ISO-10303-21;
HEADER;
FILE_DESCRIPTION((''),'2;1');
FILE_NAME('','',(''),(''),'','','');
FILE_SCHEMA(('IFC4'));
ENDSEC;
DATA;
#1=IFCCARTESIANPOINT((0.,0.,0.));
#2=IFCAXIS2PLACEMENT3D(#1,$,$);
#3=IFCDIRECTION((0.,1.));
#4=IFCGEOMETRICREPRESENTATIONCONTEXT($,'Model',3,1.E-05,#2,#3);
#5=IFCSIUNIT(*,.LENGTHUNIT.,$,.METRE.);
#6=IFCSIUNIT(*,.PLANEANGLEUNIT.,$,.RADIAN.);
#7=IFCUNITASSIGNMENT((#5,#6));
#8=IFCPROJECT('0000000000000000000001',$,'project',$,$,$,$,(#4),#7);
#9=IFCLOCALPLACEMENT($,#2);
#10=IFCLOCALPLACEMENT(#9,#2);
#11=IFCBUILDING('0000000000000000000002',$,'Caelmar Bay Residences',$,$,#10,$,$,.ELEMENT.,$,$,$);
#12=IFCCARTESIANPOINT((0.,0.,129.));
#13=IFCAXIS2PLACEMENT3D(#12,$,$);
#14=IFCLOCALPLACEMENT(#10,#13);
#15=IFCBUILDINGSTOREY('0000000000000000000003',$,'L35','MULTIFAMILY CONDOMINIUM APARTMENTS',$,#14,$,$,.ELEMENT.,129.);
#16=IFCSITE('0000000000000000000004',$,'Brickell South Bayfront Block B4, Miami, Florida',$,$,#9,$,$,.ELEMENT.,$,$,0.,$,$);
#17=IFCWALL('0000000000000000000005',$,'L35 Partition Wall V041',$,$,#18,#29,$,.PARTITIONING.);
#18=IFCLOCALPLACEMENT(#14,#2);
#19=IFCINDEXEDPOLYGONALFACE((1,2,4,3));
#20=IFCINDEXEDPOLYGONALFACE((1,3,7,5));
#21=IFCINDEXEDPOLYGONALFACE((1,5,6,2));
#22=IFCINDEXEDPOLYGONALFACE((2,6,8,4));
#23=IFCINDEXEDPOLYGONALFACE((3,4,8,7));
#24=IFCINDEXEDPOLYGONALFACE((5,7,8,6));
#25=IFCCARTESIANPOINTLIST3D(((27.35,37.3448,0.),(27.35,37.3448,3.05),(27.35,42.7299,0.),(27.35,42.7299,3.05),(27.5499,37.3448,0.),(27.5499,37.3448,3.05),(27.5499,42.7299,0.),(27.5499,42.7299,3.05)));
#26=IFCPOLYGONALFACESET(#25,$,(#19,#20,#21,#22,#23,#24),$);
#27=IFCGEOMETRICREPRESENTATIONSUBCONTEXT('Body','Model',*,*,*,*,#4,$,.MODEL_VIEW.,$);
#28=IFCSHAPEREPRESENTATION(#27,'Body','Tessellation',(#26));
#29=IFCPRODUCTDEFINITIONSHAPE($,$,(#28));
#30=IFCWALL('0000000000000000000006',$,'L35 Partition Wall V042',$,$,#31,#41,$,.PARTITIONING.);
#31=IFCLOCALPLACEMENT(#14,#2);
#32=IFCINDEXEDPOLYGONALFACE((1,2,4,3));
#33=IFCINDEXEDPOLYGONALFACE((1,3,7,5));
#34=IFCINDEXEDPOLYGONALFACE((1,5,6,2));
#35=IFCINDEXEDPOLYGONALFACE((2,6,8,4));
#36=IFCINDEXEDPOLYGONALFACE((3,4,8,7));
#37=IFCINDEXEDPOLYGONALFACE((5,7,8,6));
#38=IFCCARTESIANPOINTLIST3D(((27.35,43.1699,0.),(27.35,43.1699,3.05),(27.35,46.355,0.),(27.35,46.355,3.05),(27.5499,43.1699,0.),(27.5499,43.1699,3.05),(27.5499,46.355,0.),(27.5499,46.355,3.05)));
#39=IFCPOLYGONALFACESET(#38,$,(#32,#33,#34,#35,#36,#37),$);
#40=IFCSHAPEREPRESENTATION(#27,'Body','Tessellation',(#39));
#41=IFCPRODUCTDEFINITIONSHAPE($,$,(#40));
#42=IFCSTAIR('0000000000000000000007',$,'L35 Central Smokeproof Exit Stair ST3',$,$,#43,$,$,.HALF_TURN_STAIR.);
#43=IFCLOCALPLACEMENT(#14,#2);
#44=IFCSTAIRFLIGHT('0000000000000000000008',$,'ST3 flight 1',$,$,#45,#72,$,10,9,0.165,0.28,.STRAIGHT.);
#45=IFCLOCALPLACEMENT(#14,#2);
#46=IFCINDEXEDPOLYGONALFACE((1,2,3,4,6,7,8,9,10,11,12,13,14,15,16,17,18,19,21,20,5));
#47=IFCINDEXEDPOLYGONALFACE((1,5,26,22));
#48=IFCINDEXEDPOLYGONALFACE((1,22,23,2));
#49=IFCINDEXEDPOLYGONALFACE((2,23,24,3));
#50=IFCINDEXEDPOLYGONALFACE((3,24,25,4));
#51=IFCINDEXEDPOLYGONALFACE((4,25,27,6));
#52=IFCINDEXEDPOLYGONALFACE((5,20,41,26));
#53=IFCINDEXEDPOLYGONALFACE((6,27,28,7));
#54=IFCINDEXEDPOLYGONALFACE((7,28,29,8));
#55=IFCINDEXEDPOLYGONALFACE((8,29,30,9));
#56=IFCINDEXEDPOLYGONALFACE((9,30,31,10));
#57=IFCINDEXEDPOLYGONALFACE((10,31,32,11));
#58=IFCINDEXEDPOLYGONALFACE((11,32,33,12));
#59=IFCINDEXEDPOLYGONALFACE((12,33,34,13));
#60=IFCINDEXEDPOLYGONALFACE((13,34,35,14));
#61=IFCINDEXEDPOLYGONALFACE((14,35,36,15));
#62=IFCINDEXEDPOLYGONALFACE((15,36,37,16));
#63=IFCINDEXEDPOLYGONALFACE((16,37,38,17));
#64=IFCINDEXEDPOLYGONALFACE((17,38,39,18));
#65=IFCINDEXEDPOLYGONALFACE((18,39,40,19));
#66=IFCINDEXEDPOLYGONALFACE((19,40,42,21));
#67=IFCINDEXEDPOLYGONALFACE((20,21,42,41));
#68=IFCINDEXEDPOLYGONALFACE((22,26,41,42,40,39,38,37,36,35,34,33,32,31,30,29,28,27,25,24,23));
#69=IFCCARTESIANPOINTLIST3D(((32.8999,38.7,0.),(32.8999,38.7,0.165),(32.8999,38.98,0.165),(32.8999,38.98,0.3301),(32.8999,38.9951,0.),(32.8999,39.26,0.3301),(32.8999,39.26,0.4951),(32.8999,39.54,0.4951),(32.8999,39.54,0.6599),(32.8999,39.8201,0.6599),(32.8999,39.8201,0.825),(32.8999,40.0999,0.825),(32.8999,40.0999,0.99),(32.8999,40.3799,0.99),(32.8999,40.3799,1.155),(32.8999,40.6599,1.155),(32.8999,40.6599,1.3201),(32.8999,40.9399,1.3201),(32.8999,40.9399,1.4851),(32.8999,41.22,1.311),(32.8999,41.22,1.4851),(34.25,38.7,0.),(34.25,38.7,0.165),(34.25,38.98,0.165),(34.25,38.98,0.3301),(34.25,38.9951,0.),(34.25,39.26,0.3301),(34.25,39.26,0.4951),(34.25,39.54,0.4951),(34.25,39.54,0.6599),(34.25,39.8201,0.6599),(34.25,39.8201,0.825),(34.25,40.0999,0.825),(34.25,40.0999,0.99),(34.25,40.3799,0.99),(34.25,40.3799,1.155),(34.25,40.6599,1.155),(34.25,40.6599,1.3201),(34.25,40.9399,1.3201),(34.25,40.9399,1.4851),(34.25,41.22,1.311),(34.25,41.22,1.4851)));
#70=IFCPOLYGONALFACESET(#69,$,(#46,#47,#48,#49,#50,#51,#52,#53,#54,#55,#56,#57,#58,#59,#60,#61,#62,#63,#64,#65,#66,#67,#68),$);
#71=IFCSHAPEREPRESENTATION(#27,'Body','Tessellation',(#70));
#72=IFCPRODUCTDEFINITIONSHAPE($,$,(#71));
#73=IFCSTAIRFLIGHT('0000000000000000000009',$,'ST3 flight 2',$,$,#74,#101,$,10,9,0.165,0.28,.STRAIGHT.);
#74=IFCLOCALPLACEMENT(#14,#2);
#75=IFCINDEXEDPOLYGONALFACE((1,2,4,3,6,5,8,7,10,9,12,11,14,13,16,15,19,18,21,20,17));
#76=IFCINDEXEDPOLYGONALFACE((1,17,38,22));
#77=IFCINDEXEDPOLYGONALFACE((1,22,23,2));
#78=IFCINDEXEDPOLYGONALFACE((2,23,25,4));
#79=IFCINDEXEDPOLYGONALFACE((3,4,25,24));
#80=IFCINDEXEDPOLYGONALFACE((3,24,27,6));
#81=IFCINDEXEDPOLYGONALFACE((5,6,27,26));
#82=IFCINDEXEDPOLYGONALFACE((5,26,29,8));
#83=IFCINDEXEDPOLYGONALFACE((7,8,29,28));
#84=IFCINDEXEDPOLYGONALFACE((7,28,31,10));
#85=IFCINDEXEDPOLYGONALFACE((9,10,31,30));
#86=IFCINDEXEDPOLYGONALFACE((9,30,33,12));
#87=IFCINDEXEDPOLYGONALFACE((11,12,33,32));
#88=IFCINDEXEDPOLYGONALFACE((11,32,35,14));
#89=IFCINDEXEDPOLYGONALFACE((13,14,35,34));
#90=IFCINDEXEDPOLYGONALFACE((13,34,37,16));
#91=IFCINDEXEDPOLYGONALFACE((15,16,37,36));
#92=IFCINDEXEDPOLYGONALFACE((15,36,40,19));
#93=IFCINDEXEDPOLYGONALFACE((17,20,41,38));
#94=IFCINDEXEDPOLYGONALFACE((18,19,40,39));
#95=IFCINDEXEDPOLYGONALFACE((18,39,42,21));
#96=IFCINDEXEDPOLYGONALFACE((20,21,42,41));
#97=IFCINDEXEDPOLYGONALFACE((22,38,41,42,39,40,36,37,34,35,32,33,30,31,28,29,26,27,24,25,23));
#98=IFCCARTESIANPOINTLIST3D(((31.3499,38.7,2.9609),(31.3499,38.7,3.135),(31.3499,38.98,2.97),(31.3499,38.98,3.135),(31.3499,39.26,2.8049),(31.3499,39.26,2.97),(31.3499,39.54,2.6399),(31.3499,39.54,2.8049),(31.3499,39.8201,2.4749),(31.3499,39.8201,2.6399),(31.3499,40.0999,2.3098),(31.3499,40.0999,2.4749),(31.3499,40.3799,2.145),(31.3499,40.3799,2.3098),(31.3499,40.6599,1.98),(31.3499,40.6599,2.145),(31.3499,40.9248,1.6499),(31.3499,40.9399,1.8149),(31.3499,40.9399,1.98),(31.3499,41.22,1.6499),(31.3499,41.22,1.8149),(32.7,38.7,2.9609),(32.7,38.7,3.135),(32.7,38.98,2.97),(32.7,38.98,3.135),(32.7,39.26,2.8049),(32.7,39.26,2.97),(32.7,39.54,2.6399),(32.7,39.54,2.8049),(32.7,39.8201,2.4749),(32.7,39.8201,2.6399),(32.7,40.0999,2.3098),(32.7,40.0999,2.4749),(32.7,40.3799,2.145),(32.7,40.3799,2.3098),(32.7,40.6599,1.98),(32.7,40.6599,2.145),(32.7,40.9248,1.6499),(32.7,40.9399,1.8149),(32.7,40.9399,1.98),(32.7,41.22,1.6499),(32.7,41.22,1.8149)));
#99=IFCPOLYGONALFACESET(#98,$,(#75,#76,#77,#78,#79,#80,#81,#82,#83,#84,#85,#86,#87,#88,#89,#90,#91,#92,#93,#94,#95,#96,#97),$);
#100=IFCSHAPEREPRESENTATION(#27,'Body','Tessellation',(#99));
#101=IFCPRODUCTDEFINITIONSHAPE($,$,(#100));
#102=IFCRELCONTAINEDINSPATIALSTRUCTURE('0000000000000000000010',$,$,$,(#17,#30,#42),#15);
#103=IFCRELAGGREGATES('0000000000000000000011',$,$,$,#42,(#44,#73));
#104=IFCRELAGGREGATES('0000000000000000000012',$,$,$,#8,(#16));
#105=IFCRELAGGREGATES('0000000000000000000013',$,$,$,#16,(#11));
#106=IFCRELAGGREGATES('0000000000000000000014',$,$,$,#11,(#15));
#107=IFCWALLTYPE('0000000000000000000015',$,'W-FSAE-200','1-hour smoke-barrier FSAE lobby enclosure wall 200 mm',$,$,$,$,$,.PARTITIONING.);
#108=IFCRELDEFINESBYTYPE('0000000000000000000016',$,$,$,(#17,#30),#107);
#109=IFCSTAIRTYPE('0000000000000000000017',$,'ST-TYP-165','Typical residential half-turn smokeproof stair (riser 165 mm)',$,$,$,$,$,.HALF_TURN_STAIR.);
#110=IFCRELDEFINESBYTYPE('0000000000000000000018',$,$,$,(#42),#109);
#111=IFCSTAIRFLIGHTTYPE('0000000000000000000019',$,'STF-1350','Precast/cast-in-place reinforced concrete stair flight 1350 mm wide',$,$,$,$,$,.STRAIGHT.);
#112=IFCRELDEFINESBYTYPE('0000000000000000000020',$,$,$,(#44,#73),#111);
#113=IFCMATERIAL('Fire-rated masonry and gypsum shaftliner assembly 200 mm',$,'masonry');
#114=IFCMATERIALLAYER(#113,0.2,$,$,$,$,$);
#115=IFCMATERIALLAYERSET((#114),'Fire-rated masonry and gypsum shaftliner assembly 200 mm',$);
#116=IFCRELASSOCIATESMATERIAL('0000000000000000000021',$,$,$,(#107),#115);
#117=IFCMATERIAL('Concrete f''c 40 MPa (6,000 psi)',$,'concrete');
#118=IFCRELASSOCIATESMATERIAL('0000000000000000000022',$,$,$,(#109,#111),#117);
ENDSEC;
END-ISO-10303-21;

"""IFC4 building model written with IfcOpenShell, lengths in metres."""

from ifc_helpers import new_model, si_unit, direction, frame, frame_2d, origin, place, context, subcontext, project, spatial, polyline, rectangle, outline, extrude, material, layer, layer_set, type_object, element, aggregate, save


model = new_model("IFC4")

# Units and contexts
model_context = context("Model", 3, precision=1e-05, world=origin(), true_north=direction((0.0, 1.0)))
body_context = subcontext(model_context, "Body", "Model", "MODEL_VIEW")
ifc_project = project(units=[si_unit("LENGTHUNIT", "METRE"), si_unit("PLANEANGLEUNIT", "RADIAN")], contexts=[model_context])

# Site, building, storey
site_placement = place(None, origin())
site = spatial("IfcSite", under=ifc_project, at=site_placement, Name="Brickell South Bayfront Block B4, Miami, Florida", CompositionType="ELEMENT", RefElevation=0.0)
building_placement = place(site_placement, origin())
building = spatial("IfcBuilding", under=site, at=building_placement, Name="Caelmar Bay Residences", CompositionType="ELEMENT")
storey_placement = place(building_placement, frame((0.0, 0.0, 129.0)))
storey = spatial("IfcBuildingStorey", under=building, at=storey_placement, Name="L35", Description="MULTIFAMILY CONDOMINIUM APARTMENTS", CompositionType="ELEMENT", Elevation=129.0)

# Walls
ifc_material_1 = material(Name="Fire-rated masonry and gypsum shaftliner assembly 200 mm", Category="masonry")
ifc_layer_1 = layer(ifc_material_1, 0.2)
ifc_layer_set_1 = layer_set([ifc_layer_1], Name="Fire-rated masonry and gypsum shaftliner assembly 200 mm")
wall_type_1 = type_object("IfcWallType", Name="W-FSAE-200", Description="1-hour smoke-barrier FSAE lobby enclosure wall 200 mm", PredefinedType="PARTITIONING", material=ifc_layer_set_1)
wall_1_placement = place(storey_placement, frame((27.45, 37.345, 0.0), z_axis=(0.0, 0.0, 1.0), x_axis=(0.0, 1.0, 0.0)))
element("IfcWall", 1, at=wall_1_placement, inside=storey, type_object=wall_type_1, Name="L35 Partition Wall V041", PredefinedType="PARTITIONING", context=body_context, shape_type="SweptSolid", body=[
    extrude(rectangle(XDim=5.385, YDim=0.2, at=frame_2d((2.6924, 0.0))), origin(), (0.0, 0.0, 1.0), 3.05),
])
wall_2_placement = place(storey_placement, frame((27.45, 43.1699, 0.0), z_axis=(0.0, 0.0, 1.0), x_axis=(0.0, 1.0, 0.0)))
element("IfcWall", 2, at=wall_2_placement, inside=storey, type_object=wall_type_1, Name="L35 Partition Wall V042", PredefinedType="PARTITIONING", context=body_context, shape_type="SweptSolid", body=[
    extrude(rectangle(XDim=3.1851, YDim=0.2, at=frame_2d((1.5925, 0.0))), origin(), (0.0, 0.0, 1.0), 3.05),
])

# Stair, stair flights
ifc_material_2 = material(Name="Concrete f'c 40 MPa (6,000 psi)", Category="concrete")
stair_type = type_object("IfcStairType", Name="ST-TYP-165", Description="Typical residential half-turn smokeproof stair (riser 165 mm)", PredefinedType="HALF_TURN_STAIR", material=ifc_material_2)
stair_placement = place(storey_placement, origin())
stair = element("IfcStair", 3, at=stair_placement, inside=storey, type_object=stair_type, Name="L35 Central Smokeproof Exit Stair ST3", PredefinedType="HALF_TURN_STAIR")
stair_flight_type = type_object("IfcStairFlightType", Name="STF-1350", Description="Precast/cast-in-place reinforced concrete stair flight 1350 mm wide", PredefinedType="STRAIGHT", material=ifc_material_2)
stair_flight_1_placement = place(storey_placement, frame((33.575, 38.7, 0.0), z_axis=(0.0, 0.0, 1.0), x_axis=(0.0, 1.0, 0.0)))
stair_flight_1 = element("IfcStairFlight", 4, at=stair_flight_1_placement, type_object=stair_flight_type, Name="ST3 flight 1", NumberOfRisers=10, NumberOfTreads=9, PredefinedType="STRAIGHT", RiserHeight=0.165, TreadLength=0.28, context=body_context, shape_type="SweptSolid", body=[
    extrude(outline(polyline([(0.0, 0.0), (0.0, 0.165), (0.28, 0.165), (0.28, 0.3301), (0.5601, 0.3301), (0.5601, 0.4951), (0.8401, 0.4951), (0.8401, 0.6599), (1.1201, 0.6599), (1.1201, 0.825), (1.3999, 0.825), (1.3999, 0.99), (1.6799, 0.99), (1.6799, 1.155), (1.96, 1.155), (1.96, 1.3201), (2.24, 1.3201), (2.24, 1.4851), (2.52, 1.4851), (2.52, 1.6499), (2.52, 1.311), (0.2952, 0.0), (0.0, 0.0)])), frame((0.0, 0.675, 0.0), z_axis=(0.0, -1.0, 0.0), x_axis=(1.0, 0.0, 0.0)), (0.0, 0.0, 1.0), 1.3501),
])
stair_flight_2_placement = place(storey_placement, frame((32.0249, 41.22, 1.6499), z_axis=(0.0, 0.0, 1.0), x_axis=(0.0, -1.0, 0.0)))
stair_flight_2 = element("IfcStairFlight", 5, at=stair_flight_2_placement, type_object=stair_flight_type, Name="ST3 flight 2", NumberOfRisers=10, NumberOfTreads=9, PredefinedType="STRAIGHT", RiserHeight=0.165, TreadLength=0.28, context=body_context, shape_type="SweptSolid", body=[
    extrude(outline(polyline([(0.0, 0.0), (0.0, 0.165), (0.28, 0.165), (0.28, 0.3301), (0.5601, 0.3301), (0.5601, 0.4951), (0.8401, 0.4951), (0.8401, 0.6599), (1.1201, 0.6599), (1.1201, 0.825), (1.3999, 0.825), (1.3999, 0.99), (1.6799, 0.99), (1.6799, 1.155), (1.96, 1.155), (1.96, 1.3201), (2.24, 1.3201), (2.24, 1.4851), (2.52, 1.4851), (2.52, 1.6499), (2.52, 1.311), (0.2952, 0.0), (0.0, 0.0)])), frame((0.0, 0.675, 0.0), z_axis=(0.0, -1.0, 0.0), x_axis=(1.0, 0.0, 0.0)), (0.0, 0.0, 1.0), 1.3501),
])
aggregate(stair, [stair_flight_1, stair_flight_2])

save(model, "model.ifc")
